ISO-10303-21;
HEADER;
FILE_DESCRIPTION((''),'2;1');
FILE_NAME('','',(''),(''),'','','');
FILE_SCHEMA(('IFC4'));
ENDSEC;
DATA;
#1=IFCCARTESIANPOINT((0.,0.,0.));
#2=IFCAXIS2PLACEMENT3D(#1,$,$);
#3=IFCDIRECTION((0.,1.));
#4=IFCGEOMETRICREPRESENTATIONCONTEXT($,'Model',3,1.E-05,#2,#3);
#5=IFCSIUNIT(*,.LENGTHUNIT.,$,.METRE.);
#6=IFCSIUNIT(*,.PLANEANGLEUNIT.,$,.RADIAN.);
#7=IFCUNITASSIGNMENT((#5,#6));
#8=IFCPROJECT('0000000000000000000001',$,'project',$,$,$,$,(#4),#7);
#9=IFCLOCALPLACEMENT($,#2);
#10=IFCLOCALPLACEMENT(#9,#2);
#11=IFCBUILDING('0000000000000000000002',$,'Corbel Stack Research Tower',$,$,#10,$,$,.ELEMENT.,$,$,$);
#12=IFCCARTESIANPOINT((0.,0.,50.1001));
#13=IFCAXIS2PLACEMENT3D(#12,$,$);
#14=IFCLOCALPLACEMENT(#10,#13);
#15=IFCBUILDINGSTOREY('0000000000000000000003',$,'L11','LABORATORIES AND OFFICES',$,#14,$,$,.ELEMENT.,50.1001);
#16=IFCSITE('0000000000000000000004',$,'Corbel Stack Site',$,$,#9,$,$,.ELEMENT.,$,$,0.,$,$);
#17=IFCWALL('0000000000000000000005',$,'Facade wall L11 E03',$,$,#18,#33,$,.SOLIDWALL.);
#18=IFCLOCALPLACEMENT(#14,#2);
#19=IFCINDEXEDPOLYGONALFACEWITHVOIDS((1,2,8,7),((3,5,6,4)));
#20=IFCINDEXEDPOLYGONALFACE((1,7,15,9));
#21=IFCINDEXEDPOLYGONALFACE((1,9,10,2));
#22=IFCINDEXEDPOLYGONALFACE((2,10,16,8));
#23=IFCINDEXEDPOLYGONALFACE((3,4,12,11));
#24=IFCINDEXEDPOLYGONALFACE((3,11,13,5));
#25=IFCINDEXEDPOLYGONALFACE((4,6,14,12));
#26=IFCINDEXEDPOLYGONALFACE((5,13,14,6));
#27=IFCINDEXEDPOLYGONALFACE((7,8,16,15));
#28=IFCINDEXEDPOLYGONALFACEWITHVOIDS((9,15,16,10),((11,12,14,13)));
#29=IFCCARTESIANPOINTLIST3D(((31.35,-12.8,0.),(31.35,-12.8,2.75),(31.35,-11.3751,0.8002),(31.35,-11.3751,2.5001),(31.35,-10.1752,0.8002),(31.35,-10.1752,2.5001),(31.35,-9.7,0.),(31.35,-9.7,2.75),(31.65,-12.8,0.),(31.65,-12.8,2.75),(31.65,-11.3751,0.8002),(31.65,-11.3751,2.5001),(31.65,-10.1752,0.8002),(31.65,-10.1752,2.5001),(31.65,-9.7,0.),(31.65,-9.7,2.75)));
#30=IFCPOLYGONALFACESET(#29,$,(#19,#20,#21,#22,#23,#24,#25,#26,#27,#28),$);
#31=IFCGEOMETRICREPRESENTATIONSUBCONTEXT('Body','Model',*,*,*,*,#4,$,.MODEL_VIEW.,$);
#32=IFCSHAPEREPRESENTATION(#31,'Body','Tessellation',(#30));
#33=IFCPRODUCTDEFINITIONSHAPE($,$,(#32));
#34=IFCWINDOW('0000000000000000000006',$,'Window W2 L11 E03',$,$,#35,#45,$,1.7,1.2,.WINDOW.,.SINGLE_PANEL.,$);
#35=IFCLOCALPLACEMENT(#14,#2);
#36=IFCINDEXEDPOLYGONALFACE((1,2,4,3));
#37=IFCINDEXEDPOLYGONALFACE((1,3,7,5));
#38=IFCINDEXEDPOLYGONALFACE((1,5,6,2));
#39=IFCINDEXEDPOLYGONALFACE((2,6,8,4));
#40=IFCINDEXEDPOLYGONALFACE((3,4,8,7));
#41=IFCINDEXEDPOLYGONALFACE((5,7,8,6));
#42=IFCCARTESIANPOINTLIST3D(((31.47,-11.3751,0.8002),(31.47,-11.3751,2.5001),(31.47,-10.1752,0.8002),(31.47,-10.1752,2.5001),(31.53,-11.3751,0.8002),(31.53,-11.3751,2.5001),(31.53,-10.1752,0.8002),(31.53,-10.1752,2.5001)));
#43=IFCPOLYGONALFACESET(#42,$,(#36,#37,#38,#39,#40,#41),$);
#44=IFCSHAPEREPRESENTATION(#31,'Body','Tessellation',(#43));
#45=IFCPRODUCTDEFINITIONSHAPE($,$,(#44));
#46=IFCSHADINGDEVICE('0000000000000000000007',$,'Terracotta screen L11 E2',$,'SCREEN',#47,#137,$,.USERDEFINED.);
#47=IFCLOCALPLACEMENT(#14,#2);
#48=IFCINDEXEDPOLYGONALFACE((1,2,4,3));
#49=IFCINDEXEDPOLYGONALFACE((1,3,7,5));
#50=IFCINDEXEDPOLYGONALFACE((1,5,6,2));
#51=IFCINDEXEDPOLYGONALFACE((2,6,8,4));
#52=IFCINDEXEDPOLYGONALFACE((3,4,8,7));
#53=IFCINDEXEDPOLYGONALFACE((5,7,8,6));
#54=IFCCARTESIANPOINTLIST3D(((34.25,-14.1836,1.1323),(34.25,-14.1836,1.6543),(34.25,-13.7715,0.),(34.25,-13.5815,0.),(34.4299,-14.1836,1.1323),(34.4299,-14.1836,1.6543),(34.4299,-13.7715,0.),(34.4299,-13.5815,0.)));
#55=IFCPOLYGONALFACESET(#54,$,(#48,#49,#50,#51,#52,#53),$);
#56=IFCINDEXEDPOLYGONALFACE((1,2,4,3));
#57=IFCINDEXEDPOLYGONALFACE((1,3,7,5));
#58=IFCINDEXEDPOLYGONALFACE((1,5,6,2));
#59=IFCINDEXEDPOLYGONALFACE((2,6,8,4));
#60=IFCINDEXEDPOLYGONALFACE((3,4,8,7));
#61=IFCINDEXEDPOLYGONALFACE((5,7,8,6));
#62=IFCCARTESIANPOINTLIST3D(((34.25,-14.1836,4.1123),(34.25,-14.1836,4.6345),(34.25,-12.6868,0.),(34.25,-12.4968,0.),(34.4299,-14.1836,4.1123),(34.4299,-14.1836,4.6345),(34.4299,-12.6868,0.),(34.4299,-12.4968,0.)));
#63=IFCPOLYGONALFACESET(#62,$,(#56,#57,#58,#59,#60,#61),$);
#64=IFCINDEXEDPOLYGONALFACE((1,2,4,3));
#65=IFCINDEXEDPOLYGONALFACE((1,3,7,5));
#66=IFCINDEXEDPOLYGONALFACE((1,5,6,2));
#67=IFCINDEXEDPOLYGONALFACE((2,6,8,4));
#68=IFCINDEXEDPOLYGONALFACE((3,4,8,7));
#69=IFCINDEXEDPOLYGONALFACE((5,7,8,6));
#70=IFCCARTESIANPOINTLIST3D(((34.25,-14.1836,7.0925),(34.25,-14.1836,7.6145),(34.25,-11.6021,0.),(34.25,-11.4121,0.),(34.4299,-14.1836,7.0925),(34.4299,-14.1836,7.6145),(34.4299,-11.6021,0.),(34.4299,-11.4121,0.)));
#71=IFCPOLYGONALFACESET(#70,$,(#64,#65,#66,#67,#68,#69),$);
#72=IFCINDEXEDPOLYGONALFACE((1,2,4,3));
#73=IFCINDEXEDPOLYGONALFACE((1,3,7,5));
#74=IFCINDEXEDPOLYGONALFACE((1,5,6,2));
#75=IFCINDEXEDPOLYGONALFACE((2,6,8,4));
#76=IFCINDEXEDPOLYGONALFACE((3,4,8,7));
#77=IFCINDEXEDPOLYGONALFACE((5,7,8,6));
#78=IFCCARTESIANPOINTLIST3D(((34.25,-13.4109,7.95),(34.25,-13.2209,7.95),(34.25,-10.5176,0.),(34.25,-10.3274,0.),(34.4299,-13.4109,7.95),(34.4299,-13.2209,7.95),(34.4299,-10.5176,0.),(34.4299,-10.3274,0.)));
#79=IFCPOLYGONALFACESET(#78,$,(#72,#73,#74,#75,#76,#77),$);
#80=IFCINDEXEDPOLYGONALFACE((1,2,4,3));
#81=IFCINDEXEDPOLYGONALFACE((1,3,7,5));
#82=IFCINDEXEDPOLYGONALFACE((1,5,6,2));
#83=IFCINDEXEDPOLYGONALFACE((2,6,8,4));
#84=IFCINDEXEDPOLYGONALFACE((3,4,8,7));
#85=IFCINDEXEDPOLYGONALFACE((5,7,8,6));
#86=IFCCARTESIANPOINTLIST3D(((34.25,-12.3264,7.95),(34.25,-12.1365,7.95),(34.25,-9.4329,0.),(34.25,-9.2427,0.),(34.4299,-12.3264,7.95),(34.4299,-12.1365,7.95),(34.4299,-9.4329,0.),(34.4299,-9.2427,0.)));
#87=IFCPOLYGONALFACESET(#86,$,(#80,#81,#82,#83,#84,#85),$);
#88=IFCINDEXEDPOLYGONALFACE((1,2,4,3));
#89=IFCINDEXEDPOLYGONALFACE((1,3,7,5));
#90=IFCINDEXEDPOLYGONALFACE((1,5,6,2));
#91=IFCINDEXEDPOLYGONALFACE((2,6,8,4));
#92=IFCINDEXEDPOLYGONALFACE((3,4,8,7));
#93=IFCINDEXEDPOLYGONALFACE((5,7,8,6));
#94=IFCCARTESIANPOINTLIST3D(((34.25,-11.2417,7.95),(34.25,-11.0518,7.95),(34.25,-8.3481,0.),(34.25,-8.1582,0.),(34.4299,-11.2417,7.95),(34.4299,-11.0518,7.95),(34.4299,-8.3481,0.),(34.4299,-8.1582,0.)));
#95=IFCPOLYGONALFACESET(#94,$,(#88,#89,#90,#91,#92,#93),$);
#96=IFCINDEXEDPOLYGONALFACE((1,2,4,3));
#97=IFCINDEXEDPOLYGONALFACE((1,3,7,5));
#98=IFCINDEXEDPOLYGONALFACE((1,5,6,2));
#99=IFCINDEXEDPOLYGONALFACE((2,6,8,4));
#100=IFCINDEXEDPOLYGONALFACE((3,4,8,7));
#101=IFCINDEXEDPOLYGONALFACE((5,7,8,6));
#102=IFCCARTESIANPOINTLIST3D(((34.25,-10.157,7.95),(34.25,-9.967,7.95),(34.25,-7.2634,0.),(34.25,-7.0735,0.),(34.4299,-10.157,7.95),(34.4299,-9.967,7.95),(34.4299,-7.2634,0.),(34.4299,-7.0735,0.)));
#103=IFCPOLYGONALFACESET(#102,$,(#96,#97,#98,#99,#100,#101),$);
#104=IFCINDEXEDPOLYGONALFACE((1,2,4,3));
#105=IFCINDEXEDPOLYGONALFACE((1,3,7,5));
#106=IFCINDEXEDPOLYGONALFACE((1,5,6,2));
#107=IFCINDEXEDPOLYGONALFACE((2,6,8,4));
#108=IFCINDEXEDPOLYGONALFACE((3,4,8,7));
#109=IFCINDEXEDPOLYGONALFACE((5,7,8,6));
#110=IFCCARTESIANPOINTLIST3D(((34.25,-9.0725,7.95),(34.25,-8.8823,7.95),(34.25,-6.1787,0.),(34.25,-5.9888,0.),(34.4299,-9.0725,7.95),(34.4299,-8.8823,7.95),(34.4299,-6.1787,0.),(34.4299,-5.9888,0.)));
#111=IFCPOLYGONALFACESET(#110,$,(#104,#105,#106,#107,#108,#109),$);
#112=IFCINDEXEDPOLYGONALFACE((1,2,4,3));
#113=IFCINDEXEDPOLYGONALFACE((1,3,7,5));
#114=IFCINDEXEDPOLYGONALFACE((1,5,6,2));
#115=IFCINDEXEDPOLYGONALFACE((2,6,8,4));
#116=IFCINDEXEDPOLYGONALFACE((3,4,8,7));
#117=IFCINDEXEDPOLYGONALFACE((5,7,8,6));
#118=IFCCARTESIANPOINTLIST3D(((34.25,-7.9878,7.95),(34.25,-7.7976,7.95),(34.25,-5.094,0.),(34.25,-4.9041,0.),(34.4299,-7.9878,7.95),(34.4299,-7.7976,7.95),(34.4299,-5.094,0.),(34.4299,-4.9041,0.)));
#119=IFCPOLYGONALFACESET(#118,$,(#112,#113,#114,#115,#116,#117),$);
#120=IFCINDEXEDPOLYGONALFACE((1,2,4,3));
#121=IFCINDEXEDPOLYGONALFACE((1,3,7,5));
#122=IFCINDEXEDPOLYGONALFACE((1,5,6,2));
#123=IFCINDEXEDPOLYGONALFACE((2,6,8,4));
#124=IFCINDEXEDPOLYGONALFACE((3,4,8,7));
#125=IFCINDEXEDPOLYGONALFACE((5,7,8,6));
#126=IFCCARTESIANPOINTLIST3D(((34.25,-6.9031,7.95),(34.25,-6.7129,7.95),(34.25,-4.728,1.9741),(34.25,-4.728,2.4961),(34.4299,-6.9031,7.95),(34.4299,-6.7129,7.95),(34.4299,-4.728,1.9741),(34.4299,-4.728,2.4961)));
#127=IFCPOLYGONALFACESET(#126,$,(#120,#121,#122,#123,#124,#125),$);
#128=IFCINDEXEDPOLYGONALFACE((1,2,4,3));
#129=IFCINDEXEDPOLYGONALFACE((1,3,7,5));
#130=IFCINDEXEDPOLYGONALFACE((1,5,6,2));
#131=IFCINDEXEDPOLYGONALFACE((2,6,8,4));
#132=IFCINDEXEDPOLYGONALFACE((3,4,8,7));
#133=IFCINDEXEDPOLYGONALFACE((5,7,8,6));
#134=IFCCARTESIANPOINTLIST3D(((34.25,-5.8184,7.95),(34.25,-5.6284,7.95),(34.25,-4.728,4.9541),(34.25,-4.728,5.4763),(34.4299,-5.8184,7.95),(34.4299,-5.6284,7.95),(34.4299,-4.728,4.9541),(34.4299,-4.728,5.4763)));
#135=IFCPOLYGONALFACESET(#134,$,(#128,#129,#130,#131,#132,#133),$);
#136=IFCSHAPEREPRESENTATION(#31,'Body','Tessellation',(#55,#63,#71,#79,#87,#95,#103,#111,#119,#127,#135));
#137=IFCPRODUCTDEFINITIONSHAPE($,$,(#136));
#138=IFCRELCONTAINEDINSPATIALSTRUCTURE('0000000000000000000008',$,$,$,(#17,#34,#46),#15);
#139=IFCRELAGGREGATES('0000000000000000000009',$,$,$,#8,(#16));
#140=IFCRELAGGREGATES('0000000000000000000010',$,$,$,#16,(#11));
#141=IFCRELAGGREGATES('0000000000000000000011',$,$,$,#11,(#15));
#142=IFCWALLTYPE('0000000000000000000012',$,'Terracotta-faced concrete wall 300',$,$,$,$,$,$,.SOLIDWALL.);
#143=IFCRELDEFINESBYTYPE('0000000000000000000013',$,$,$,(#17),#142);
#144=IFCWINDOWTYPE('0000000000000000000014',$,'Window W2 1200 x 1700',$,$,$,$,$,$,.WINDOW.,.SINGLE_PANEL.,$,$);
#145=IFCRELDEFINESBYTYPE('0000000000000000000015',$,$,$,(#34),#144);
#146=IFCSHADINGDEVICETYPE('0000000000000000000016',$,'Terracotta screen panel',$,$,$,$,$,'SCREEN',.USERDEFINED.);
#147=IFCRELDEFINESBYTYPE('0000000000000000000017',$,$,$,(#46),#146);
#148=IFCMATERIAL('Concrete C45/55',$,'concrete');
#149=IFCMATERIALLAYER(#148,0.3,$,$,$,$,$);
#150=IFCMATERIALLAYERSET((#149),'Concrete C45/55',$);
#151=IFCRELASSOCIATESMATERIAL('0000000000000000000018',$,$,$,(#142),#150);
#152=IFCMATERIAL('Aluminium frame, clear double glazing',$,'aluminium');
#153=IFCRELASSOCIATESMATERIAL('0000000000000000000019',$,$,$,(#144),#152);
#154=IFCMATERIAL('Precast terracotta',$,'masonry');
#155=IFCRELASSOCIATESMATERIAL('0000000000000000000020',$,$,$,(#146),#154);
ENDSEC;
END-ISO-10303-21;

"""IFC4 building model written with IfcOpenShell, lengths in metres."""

from ifc_helpers import new_model, si_unit, direction, frame, frame_2d, origin, place, context, subcontext, project, spatial, polyline, rectangle, outline, extrude, source, transform, mapped, material, layer, layer_set, type_object, element, fill, save


model = new_model("IFC4")

# Units and contexts
model_context = context("Model", 3, precision=1e-05, world=origin(), true_north=direction((0.0, 1.0)))
body_context = subcontext(model_context, "Body", "Model", "MODEL_VIEW")
ifc_project = project(units=[si_unit("LENGTHUNIT", "METRE"), si_unit("PLANEANGLEUNIT", "RADIAN")], contexts=[model_context])

# Site, building, storey
site_placement = place(None, origin())
site = spatial("IfcSite", under=ifc_project, at=site_placement, Name="Corbel Stack Site", CompositionType="ELEMENT", RefElevation=0.0)
building_placement = place(site_placement, origin())
building = spatial("IfcBuilding", under=site, at=building_placement, Name="Corbel Stack Research Tower", CompositionType="ELEMENT")
storey_placement = place(building_placement, frame((0.0, 0.0, 50.1001)))
storey = spatial("IfcBuildingStorey", under=building, at=storey_placement, Name="L11", Description="LABORATORIES AND OFFICES", CompositionType="ELEMENT", Elevation=50.1001)

# Shared definitions
ifc_material_1 = material(Name="Concrete C45/55", Category="concrete")
ifc_layer_1 = layer(ifc_material_1, 0.3)
ifc_layer_set_1 = layer_set([ifc_layer_1], Name="Concrete C45/55")
wall_type_1 = type_object("IfcWallType", Name="Terracotta-faced concrete wall 300", PredefinedType="SOLIDWALL", material=ifc_layer_set_1)

# Wall, opening, window
wall_1_placement = place(storey_placement, frame((31.5, -9.7, 0.0), z_axis=(0.0, 0.0, 1.0), x_axis=(0.0, -1.0, 0.0)))
wall_1 = element("IfcWall", 1, at=wall_1_placement, inside=storey, type_object=wall_type_1, Name="Facade wall L11 E03", PredefinedType="SOLIDWALL", context=body_context, shape_type="SweptSolid", body=[
    extrude(rectangle(XDim=3.1001, YDim=0.3, at=frame_2d((1.55, 0.0))), origin(), (0.0, 0.0, 1.0), 2.75),
])
opening_1_placement = place(wall_1_placement, frame((0.4751, 0.0, 0.8)))
opening_1 = element("IfcOpeningElement", 2, at=opening_1_placement, cuts=wall_1, PredefinedType="OPENING", context=body_context, shape_type="SweptSolid", body=[
    extrude(rectangle(XDim=1.2, YDim=1.7, at=frame_2d((0.6001, 0.8501))), frame((0.0, 0.1599, 0.0), z_axis=(0.0, -1.0, 0.0), x_axis=(1.0, 0.0, 0.0)), (0.0, 0.0, 1.0), 0.3201),
])
ifc_material_2 = material(Name="Aluminium frame, clear double glazing", Category="aluminium")
window_type = type_object("IfcWindowType", Name="Window W2 1200 x 1700", PartitioningType="SINGLE_PANEL", PredefinedType="WINDOW", material=ifc_material_2)
window_placement = place(opening_1_placement, origin())
window = element("IfcWindow", 3, at=window_placement, inside=storey, type_object=window_type, Name="Window W2 L11 E03", OverallHeight=1.7, OverallWidth=1.2, PartitioningType="SINGLE_PANEL", PredefinedType="WINDOW", context=body_context, shape_type="SweptSolid", body=[
    extrude(rectangle(XDim=1.2, YDim=1.7, at=frame_2d((0.6001, 0.8501))), frame((0.0, 0.03, 0.0), z_axis=(0.0, -1.0, 0.0), x_axis=(1.0, 0.0, 0.0)), (0.0, 0.0, 1.0), 0.0601),
])
fill(opening_1, window)

# Shading device
ifc_material_3 = material(Name="Precast terracotta", Category="masonry")
shading_device_type = type_object("IfcShadingDeviceType", Name="Terracotta screen panel", ElementType="SCREEN", PredefinedType="USERDEFINED", material=ifc_material_3)
shared_shape = source(origin(), body_context, "Body", "SweptSolid", [
    extrude(outline(polyline([(0.6021, 0.0), (0.0, 1.6543), (0.0, 1.1323), (0.4121, 0.0), (0.6021, 0.0)])), frame((0.0, 0.0, 0.0), z_axis=(0.0, -1.0, 0.0), x_axis=(1.0, 0.0, 0.0)), (0.0, 0.0, 1.0), 0.1799),
    extrude(outline(polyline([(1.6868, 0.0), (0.0, 4.6345), (0.0, 4.1123), (1.4968, 0.0), (1.6868, 0.0)])), frame((0.0, 0.0, 0.0), z_axis=(0.0, -1.0, 0.0), x_axis=(1.0, 0.0, 0.0)), (0.0, 0.0, 1.0), 0.1799),
    extrude(outline(polyline([(2.7715, 0.0), (0.0, 7.6145), (0.0, 7.0925), (2.5815, 0.0), (2.7715, 0.0)])), frame((0.0, 0.0, 0.0), z_axis=(0.0, -1.0, 0.0), x_axis=(1.0, 0.0, 0.0)), (0.0, 0.0, 1.0), 0.1799),
    extrude(outline(polyline([(3.8562, 0.0), (0.9626, 7.95), (0.7727, 7.95), (3.666, 0.0), (3.8562, 0.0)])), frame((0.0, 0.0, 0.0), z_axis=(0.0, -1.0, 0.0), x_axis=(1.0, 0.0, 0.0)), (0.0, 0.0, 1.0), 0.1799),
    extrude(outline(polyline([(4.9409, 0.0), (2.0471, 7.95), (1.8572, 7.95), (4.7507, 0.0), (4.9409, 0.0)])), frame((0.0, 0.0, 0.0), z_axis=(0.0, -1.0, 0.0), x_axis=(1.0, 0.0, 0.0)), (0.0, 0.0, 1.0), 0.1799),
    extrude(outline(polyline([(6.0254, 0.0), (3.1318, 7.95), (2.9419, 7.95), (5.8354, 0.0), (6.0254, 0.0)])), frame((0.0, 0.0, 0.0), z_axis=(0.0, -1.0, 0.0), x_axis=(1.0, 0.0, 0.0)), (0.0, 0.0, 1.0), 0.1799),
    extrude(outline(polyline([(7.1101, 0.0), (4.2166, 7.95), (4.0266, 7.95), (6.9202, 0.0), (7.1101, 0.0)])), frame((0.0, 0.0, 0.0), z_axis=(0.0, -1.0, 0.0), x_axis=(1.0, 0.0, 0.0)), (0.0, 0.0, 1.0), 0.1799),
    extrude(outline(polyline([(8.1948, 0.0), (5.3013, 7.95), (5.1111, 7.95), (8.0049, 0.0), (8.1948, 0.0)])), frame((0.0, 0.0, 0.0), z_axis=(0.0, -1.0, 0.0), x_axis=(1.0, 0.0, 0.0)), (0.0, 0.0, 1.0), 0.1799),
    extrude(outline(polyline([(9.2795, 0.0), (6.386, 7.95), (6.1958, 7.95), (9.0896, 0.0), (9.2795, 0.0)])), frame((0.0, 0.0, 0.0), z_axis=(0.0, -1.0, 0.0), x_axis=(1.0, 0.0, 0.0)), (0.0, 0.0, 1.0), 0.1799),
    extrude(outline(polyline([(7.4707, 7.95), (7.2805, 7.95), (9.4556, 1.9741), (9.4556, 2.4961), (7.4707, 7.95)])), frame((0.0, 0.0, 0.0), z_axis=(0.0, -1.0, 0.0), x_axis=(1.0, 0.0, 0.0)), (0.0, 0.0, 1.0), 0.1799),
    extrude(outline(polyline([(8.5552, 7.95), (8.3652, 7.95), (9.4556, 4.9541), (9.4556, 5.4763), (8.5552, 7.95)])), frame((0.0, 0.0, 0.0), z_axis=(0.0, -1.0, 0.0), x_axis=(1.0, 0.0, 0.0)), (0.0, 0.0, 1.0), 0.1799),
])
shading_device_placement = place(storey_placement, frame((34.25, -14.1836, 0.0), z_axis=(0.0, 0.0, 1.0), x_axis=(0.0, 1.0, 0.0)))
element("IfcShadingDevice", 4, at=shading_device_placement, inside=storey, type_object=shading_device_type, Name="Terracotta screen L11 E2", ObjectType="SCREEN", PredefinedType="USERDEFINED", context=body_context, shape_type="MappedRepresentation", body=[
    mapped(shared_shape, transform((0.0, 0.0, 0.0))),
])

save(model, "model.ifc")
